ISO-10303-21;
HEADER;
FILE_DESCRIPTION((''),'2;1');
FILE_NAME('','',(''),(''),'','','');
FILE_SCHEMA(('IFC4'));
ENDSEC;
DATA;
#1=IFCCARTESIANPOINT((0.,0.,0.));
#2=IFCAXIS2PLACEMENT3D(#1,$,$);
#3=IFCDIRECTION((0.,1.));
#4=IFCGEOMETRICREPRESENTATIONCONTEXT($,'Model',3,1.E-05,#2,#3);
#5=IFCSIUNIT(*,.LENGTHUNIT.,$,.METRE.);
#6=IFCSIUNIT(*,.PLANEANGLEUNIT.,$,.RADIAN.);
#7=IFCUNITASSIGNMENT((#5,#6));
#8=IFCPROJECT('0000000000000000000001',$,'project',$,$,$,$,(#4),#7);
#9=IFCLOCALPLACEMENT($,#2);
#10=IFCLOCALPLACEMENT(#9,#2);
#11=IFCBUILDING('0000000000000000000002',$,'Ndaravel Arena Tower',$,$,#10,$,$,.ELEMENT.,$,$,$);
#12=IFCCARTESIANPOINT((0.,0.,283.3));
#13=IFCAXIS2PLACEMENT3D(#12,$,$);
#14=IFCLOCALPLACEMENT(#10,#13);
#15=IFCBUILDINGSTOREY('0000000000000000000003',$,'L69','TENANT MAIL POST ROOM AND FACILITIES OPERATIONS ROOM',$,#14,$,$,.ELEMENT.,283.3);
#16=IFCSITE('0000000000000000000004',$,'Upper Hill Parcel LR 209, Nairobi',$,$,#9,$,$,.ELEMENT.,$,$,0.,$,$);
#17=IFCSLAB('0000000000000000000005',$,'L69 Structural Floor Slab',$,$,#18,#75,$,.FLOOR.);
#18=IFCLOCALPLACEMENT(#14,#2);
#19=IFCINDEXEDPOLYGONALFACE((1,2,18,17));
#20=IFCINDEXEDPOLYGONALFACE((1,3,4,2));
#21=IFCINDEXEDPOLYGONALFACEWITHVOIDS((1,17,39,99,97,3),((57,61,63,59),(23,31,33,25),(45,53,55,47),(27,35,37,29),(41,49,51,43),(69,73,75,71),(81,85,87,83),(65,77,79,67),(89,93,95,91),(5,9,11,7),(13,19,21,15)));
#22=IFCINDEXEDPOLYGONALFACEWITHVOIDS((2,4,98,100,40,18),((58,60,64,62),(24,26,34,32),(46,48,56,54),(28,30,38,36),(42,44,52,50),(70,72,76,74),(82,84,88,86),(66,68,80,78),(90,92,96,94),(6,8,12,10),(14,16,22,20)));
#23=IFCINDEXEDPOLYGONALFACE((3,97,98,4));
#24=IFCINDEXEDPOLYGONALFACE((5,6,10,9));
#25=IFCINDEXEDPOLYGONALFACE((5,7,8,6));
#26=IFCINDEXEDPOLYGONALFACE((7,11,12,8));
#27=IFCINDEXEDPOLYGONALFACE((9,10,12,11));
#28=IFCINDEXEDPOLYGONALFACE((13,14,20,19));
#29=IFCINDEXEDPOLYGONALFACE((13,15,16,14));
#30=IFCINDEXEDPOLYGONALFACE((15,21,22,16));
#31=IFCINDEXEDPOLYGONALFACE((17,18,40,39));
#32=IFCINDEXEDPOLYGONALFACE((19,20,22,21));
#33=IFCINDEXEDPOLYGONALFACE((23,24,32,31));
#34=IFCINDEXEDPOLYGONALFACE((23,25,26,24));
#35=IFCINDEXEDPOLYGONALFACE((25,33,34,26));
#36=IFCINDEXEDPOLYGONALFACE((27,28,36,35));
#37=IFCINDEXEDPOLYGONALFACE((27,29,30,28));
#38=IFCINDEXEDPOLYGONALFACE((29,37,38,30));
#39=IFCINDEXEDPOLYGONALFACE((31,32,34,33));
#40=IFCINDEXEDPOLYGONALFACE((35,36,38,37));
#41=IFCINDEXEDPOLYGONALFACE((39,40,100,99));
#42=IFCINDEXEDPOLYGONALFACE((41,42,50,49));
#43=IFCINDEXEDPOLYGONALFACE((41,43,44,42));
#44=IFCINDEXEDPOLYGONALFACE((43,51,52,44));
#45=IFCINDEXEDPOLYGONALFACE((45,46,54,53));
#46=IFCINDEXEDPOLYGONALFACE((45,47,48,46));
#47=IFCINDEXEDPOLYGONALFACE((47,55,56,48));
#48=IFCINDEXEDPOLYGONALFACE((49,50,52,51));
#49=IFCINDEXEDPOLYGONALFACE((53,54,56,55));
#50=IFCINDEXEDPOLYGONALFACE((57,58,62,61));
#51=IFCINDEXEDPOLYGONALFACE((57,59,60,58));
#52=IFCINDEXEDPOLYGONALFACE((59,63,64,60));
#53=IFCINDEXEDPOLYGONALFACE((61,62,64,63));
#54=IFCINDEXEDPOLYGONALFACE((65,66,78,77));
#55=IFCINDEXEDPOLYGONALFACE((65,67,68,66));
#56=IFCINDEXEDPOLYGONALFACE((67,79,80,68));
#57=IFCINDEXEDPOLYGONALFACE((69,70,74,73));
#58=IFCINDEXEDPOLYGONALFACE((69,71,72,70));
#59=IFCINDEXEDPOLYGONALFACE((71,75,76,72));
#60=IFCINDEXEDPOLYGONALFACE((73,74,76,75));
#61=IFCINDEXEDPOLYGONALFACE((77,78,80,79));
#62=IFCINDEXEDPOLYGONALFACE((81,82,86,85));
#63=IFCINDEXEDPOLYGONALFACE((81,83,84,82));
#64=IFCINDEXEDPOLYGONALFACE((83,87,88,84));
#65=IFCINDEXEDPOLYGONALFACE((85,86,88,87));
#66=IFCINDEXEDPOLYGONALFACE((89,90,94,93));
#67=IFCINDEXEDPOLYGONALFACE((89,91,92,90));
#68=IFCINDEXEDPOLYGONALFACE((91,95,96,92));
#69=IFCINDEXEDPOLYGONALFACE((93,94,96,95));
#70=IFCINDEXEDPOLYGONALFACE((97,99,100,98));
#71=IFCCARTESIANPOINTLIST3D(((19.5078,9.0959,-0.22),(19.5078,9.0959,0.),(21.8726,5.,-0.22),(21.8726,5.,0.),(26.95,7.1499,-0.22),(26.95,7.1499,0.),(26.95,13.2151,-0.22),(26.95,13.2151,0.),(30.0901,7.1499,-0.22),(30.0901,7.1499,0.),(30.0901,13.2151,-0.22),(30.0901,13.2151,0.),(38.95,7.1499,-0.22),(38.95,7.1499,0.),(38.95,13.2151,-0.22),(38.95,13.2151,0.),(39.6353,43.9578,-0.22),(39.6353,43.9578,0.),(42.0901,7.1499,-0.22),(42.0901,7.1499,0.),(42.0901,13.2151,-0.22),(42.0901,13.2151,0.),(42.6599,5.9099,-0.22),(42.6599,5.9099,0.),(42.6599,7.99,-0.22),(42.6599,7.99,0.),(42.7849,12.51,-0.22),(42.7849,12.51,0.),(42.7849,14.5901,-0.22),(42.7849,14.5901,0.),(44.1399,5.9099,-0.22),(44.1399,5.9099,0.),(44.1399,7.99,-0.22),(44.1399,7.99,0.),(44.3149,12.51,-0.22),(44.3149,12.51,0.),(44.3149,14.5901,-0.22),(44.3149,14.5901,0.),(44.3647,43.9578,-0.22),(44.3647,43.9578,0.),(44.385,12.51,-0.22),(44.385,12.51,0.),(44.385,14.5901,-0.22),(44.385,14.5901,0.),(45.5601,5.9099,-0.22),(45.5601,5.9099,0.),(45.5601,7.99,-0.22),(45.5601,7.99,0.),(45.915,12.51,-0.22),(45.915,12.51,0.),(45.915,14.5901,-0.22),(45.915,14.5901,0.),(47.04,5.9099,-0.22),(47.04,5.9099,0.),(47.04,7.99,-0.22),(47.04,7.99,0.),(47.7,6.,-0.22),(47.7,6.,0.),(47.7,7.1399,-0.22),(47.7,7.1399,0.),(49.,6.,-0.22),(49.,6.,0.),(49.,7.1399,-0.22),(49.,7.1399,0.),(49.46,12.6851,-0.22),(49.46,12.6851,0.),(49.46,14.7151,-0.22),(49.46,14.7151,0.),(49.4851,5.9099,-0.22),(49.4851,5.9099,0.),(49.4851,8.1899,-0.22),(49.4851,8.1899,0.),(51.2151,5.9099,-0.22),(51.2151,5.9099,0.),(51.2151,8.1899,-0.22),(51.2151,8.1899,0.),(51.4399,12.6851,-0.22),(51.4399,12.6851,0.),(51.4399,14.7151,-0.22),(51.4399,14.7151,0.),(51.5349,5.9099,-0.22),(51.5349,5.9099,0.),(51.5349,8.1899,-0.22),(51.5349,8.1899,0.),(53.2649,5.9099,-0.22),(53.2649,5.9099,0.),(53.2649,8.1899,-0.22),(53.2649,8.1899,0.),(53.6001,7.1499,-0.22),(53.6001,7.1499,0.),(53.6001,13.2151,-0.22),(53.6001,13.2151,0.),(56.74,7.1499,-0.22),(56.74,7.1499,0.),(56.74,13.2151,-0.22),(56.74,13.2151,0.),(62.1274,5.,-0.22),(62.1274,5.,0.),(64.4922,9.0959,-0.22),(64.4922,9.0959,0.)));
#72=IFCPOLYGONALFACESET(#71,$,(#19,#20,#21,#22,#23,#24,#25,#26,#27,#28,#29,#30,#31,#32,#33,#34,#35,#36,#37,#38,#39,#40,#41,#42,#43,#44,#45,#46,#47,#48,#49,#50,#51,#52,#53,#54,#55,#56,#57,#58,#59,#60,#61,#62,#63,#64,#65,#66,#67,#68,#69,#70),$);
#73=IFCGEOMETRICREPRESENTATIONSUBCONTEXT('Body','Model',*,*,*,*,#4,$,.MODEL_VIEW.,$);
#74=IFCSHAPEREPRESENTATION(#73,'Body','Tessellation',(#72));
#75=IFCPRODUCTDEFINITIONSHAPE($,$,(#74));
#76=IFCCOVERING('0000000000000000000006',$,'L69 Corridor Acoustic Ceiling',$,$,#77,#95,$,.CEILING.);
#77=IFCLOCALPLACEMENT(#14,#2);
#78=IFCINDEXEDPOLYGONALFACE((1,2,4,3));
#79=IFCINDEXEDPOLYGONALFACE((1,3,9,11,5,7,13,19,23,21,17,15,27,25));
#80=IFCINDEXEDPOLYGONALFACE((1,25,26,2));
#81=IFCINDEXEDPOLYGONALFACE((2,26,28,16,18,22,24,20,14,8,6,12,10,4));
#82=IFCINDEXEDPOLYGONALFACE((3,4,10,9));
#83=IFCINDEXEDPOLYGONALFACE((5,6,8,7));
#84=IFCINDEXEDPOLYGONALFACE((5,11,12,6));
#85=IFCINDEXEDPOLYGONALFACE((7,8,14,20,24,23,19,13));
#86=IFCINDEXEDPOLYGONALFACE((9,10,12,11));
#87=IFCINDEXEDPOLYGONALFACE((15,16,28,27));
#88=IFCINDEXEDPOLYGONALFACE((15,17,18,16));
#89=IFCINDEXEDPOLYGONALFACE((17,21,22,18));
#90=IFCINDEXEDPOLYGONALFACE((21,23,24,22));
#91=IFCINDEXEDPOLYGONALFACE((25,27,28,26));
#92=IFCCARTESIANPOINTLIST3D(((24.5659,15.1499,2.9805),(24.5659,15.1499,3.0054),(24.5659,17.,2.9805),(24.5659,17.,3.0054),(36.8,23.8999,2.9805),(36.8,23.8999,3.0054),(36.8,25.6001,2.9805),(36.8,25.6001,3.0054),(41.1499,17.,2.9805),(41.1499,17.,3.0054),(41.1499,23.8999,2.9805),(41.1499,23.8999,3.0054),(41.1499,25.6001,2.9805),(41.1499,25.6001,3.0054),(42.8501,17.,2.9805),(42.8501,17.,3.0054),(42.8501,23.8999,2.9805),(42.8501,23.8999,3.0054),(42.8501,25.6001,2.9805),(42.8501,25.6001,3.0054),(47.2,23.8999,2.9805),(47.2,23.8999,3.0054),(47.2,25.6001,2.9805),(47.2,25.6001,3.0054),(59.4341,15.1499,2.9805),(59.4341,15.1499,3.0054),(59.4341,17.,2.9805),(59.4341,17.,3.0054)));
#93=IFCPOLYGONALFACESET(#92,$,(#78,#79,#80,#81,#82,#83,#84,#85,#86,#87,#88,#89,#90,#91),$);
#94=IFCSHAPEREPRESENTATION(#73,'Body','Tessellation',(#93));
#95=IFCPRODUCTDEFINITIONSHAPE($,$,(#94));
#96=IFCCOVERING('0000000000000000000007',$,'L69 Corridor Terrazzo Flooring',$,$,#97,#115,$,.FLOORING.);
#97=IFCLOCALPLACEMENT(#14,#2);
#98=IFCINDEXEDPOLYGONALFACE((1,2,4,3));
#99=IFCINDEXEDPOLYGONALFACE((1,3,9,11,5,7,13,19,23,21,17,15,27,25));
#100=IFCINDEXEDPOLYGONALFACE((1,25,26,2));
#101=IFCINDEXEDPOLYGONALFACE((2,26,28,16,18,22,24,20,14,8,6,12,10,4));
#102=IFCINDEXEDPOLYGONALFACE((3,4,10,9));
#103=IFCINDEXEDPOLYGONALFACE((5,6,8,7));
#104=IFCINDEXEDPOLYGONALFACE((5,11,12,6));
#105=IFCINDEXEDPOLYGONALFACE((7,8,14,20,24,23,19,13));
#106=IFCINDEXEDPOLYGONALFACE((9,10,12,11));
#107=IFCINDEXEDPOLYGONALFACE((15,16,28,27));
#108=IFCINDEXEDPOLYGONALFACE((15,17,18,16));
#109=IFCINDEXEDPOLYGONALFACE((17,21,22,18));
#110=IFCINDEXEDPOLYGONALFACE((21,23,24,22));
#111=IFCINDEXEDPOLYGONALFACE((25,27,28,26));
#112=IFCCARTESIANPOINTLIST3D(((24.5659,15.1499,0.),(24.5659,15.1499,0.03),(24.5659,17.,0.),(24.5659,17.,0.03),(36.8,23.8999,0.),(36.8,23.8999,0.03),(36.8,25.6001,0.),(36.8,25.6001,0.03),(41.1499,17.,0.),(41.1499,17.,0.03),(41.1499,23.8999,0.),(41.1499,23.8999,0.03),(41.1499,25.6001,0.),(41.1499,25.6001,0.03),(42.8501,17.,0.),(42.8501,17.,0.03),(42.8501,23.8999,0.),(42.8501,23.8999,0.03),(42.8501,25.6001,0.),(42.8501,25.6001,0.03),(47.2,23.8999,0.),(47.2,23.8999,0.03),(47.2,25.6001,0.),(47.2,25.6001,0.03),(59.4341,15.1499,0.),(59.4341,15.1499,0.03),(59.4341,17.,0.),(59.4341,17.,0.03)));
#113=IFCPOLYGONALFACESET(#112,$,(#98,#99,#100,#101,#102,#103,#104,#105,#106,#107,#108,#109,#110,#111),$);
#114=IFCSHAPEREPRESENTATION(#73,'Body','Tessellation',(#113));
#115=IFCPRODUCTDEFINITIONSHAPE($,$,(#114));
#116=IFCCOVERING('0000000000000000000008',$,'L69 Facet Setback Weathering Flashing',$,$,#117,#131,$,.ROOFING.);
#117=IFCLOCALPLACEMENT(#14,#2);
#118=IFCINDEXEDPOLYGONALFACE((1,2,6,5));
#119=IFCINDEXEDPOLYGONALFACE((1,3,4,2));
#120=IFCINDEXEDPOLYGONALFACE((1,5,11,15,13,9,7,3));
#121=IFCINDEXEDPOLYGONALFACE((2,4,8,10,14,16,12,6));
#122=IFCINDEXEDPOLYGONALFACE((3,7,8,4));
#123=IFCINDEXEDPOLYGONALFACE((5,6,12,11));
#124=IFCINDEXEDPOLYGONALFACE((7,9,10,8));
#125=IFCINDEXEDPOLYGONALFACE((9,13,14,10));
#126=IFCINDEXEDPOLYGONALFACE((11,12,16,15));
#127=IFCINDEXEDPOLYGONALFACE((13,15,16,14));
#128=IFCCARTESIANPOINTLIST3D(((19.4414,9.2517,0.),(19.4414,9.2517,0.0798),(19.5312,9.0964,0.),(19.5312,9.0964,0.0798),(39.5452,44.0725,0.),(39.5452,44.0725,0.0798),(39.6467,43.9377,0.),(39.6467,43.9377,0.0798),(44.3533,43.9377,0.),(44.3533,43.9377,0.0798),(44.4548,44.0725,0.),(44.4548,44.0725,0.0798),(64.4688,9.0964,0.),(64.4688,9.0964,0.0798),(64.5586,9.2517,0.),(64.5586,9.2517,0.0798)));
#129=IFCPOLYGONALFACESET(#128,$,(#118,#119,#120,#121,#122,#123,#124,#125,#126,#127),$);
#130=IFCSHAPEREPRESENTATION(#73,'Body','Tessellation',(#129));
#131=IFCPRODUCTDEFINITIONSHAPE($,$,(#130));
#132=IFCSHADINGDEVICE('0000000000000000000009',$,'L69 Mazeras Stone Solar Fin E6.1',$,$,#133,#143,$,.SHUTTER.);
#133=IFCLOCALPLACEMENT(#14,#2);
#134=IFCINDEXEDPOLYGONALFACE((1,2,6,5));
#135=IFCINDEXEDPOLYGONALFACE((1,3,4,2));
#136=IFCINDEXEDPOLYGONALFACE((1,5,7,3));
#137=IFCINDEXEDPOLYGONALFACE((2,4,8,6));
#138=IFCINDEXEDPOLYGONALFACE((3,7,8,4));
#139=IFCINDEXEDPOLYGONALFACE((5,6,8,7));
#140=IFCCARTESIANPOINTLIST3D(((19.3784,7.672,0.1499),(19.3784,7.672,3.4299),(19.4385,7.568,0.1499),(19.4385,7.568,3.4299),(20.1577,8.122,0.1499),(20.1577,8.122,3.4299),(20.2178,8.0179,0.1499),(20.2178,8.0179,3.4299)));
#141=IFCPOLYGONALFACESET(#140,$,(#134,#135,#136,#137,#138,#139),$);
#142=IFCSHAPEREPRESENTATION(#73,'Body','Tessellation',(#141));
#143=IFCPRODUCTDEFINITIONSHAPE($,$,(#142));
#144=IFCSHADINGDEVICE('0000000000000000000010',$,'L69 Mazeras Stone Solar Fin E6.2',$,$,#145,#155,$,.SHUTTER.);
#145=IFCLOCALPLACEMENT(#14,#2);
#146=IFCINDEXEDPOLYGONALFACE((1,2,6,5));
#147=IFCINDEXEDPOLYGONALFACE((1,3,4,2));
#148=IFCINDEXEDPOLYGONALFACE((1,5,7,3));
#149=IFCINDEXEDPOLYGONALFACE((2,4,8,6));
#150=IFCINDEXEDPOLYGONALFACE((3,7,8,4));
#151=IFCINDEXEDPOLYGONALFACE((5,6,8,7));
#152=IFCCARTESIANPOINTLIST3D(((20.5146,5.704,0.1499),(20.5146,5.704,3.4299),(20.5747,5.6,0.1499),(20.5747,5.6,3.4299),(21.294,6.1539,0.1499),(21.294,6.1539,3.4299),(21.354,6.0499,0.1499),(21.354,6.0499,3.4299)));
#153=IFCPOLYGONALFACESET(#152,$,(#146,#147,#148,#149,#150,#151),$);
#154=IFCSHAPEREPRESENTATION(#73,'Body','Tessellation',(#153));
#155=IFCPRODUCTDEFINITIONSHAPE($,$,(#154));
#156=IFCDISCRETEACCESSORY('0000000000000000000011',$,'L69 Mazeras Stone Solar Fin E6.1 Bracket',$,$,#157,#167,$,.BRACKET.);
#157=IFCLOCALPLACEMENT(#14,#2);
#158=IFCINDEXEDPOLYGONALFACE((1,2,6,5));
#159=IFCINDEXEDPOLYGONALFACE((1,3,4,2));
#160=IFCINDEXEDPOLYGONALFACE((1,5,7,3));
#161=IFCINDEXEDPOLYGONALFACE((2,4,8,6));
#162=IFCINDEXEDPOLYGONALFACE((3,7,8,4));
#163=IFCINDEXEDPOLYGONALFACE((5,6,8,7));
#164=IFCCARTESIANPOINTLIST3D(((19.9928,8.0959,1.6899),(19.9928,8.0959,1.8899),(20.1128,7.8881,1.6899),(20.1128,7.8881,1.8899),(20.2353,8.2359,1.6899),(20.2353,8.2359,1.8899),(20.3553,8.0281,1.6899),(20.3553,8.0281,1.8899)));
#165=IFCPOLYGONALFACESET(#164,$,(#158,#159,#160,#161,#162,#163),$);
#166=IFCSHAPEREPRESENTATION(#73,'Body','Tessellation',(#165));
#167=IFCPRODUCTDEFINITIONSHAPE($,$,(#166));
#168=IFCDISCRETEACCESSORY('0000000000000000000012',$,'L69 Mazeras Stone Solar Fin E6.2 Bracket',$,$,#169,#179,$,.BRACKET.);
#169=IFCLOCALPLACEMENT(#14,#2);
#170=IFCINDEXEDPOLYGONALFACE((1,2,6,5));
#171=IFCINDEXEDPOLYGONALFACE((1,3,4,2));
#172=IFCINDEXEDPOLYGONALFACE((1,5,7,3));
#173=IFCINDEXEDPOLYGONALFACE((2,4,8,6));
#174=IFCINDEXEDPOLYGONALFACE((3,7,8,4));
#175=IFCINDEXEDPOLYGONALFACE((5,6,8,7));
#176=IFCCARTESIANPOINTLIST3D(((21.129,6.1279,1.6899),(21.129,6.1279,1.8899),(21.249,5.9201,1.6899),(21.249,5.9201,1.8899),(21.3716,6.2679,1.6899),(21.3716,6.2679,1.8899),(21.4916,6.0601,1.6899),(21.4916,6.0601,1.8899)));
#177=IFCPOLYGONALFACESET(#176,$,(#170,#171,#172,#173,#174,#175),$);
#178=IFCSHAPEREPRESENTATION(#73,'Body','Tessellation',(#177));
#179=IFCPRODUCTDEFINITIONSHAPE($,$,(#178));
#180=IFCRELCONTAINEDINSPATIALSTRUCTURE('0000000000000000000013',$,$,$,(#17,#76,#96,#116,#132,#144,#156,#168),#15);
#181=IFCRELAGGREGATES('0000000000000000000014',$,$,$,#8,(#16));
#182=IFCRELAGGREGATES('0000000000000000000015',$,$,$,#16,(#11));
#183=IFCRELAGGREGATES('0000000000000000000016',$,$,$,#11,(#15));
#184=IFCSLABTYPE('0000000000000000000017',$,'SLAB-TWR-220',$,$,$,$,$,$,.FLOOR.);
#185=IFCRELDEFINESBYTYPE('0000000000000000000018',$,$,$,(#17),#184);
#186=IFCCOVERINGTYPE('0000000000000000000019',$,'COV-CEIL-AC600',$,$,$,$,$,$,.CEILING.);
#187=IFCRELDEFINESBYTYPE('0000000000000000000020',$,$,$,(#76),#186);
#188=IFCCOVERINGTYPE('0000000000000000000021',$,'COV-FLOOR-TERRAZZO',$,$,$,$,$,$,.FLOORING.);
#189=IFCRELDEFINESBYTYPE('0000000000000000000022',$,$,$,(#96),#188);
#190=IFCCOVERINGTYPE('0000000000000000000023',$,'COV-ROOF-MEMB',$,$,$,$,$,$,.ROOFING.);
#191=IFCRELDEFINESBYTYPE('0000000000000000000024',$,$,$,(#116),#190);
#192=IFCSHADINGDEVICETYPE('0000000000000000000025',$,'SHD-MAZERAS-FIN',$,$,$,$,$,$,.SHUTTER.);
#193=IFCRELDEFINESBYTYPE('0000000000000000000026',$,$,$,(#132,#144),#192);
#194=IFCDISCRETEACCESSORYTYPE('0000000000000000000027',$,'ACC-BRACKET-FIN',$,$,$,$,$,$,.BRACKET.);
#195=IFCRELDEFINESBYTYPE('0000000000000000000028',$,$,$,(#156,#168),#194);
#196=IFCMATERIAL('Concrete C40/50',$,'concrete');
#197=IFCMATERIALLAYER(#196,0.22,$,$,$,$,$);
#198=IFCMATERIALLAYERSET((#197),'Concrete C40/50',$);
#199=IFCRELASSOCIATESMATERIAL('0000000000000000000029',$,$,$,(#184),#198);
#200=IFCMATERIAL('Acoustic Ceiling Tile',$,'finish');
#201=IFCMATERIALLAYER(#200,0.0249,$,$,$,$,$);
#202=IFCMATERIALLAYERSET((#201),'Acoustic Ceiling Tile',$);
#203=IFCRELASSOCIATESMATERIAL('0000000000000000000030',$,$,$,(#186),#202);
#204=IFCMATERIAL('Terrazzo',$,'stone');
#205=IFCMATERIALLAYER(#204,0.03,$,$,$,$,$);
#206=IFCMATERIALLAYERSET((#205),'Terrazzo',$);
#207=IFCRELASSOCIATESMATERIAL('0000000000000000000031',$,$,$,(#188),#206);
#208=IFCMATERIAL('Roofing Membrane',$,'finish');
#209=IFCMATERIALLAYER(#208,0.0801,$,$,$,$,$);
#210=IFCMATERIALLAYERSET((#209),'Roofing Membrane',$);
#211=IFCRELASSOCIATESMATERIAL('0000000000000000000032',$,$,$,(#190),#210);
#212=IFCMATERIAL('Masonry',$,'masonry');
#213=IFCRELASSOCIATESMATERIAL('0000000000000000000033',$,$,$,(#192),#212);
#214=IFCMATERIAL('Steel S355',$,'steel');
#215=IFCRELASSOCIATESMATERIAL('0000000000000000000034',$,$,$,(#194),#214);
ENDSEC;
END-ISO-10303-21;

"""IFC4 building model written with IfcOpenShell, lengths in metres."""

from ifc_helpers import new_model, si_unit, direction, frame, origin, origin_2d, place, context, subcontext, project, spatial, polyline, rectangle, outline, extrude, material, layer, layer_set, type_object, element, save


model = new_model("IFC4")

# Units and contexts
model_context = context("Model", 3, precision=1e-05, world=origin(), true_north=direction((0.0, 1.0)))
body_context = subcontext(model_context, "Body", "Model", "MODEL_VIEW")
ifc_project = project(units=[si_unit("LENGTHUNIT", "METRE"), si_unit("PLANEANGLEUNIT", "RADIAN")], contexts=[model_context])

# Site, building, storey
site_placement = place(None, origin())
site = spatial("IfcSite", under=ifc_project, at=site_placement, Name="Upper Hill Parcel LR 209, Nairobi", CompositionType="ELEMENT", RefElevation=0.0)
building_placement = place(site_placement, origin())
building = spatial("IfcBuilding", under=site, at=building_placement, Name="Ndaravel Arena Tower", CompositionType="ELEMENT")
storey_placement = place(building_placement, frame((0.0, 0.0, 283.3)))
storey = spatial("IfcBuildingStorey", under=building, at=storey_placement, Name="L69", Description="TENANT MAIL POST ROOM AND FACILITIES OPERATIONS ROOM", CompositionType="ELEMENT", Elevation=283.3)

# Slab
ifc_material_1 = material(Name="Concrete C40/50", Category="concrete")
ifc_layer_1 = layer(ifc_material_1, 0.22)
ifc_layer_set_1 = layer_set([ifc_layer_1], Name="Concrete C40/50")
slab_type_1 = type_object("IfcSlabType", Name="SLAB-TWR-220", PredefinedType="FLOOR", material=ifc_layer_set_1)
slab_1_placement = place(storey_placement, frame((0.0, 0.0, -0.22)))
element("IfcSlab", 1, at=slab_1_placement, inside=storey, type_object=slab_type_1, Name="L69 Structural Floor Slab", PredefinedType="FLOOR", context=body_context, shape_type="SweptSolid", body=[
    extrude(outline(polyline([(19.5078, 9.0959), (21.8726, 5.0), (62.1274, 5.0), (64.4922, 9.0959), (44.3647, 43.9578), (39.6353, 43.9578), (19.5078, 9.0959)]), holes=[polyline([(26.95, 13.2151), (26.95, 7.1499), (30.0901, 7.1499), (30.0901, 13.2151), (26.95, 13.2151)]), polyline([(38.95, 13.2151), (38.95, 7.1499), (42.0901, 7.1499), (42.0901, 13.2151), (38.95, 13.2151)]), polyline([(53.6001, 13.2151), (53.6001, 7.1499), (56.74, 7.1499), (56.74, 13.2151), (53.6001, 13.2151)]), polyline([(42.6599, 5.9099), (44.1399, 5.9099), (44.1399, 7.99), (42.6599, 7.99), (42.6599, 5.9099)]), polyline([(45.5601, 5.9099), (47.04, 5.9099), (47.04, 7.99), (45.5601, 7.99), (45.5601, 5.9099)]), polyline([(42.7849, 12.51), (44.3149, 12.51), (44.3149, 14.5901), (42.7849, 14.5901), (42.7849, 12.51)]), polyline([(44.385, 12.51), (45.915, 12.51), (45.915, 14.5901), (44.385, 14.5901), (44.385, 12.51)]), polyline([(49.4851, 5.9099), (51.2151, 5.9099), (51.2151, 8.1899), (49.4851, 8.1899), (49.4851, 5.9099)]), polyline([(51.5349, 5.9099), (53.2649, 5.9099), (53.2649, 8.1899), (51.5349, 8.1899), (51.5349, 5.9099)]), polyline([(49.46, 12.6851), (51.4399, 12.6851), (51.4399, 14.7151), (49.46, 14.7151), (49.46, 12.6851)]), polyline([(47.7, 6.0), (49.0, 6.0), (49.0, 7.1399), (47.7, 7.1399), (47.7, 6.0)])]), origin(), (0.0, 0.0, 1.0), 0.22),
])

# Coverings
ifc_material_2 = material(Name="Acoustic Ceiling Tile", Category="finish")
ifc_layer_2 = layer(ifc_material_2, 0.0249)
ifc_layer_set_2 = layer_set([ifc_layer_2], Name="Acoustic Ceiling Tile")
covering_type_1 = type_object("IfcCoveringType", Name="COV-CEIL-AC600", PredefinedType="CEILING", material=ifc_layer_set_2)
covering_1_placement = place(storey_placement, frame((0.0, 0.0, 2.9805)))
element("IfcCovering", 2, at=covering_1_placement, inside=storey, type_object=covering_type_1, Name="L69 Corridor Acoustic Ceiling", PredefinedType="CEILING", context=body_context, shape_type="SweptSolid", body=[
    extrude(outline(polyline([(59.4341, 17.0), (42.8501, 17.0), (42.8501, 23.8999), (47.2, 23.8999), (47.2, 25.6001), (42.8501, 25.6001), (41.1499, 25.6001), (36.8, 25.6001), (36.8, 23.8999), (41.1499, 23.8999), (41.1499, 17.0), (24.5659, 17.0), (24.5659, 15.1499), (59.4341, 15.1499), (59.4341, 17.0)])), origin(), (0.0, 0.0, 1.0), 0.0249),
])
ifc_material_3 = material(Name="Terrazzo", Category="stone")
ifc_layer_3 = layer(ifc_material_3, 0.03)
ifc_layer_set_3 = layer_set([ifc_layer_3], Name="Terrazzo")
covering_type_2 = type_object("IfcCoveringType", Name="COV-FLOOR-TERRAZZO", PredefinedType="FLOORING", material=ifc_layer_set_3)
covering_2_placement = place(storey_placement, origin())
element("IfcCovering", 3, at=covering_2_placement, inside=storey, type_object=covering_type_2, Name="L69 Corridor Terrazzo Flooring", PredefinedType="FLOORING", context=body_context, shape_type="SweptSolid", body=[
    extrude(outline(polyline([(59.4341, 17.0), (42.8501, 17.0), (42.8501, 23.8999), (47.2, 23.8999), (47.2, 25.6001), (42.8501, 25.6001), (41.1499, 25.6001), (36.8, 25.6001), (36.8, 23.8999), (41.1499, 23.8999), (41.1499, 17.0), (24.5659, 17.0), (24.5659, 15.1499), (59.4341, 15.1499), (59.4341, 17.0)])), origin(), (0.0, 0.0, 1.0), 0.03),
])
ifc_material_4 = material(Name="Roofing Membrane", Category="finish")
ifc_layer_4 = layer(ifc_material_4, 0.0801)
ifc_layer_set_4 = layer_set([ifc_layer_4], Name="Roofing Membrane")
covering_type_3 = type_object("IfcCoveringType", Name="COV-ROOF-MEMB", PredefinedType="ROOFING", material=ifc_layer_set_4)
covering_3_placement = place(storey_placement, origin())
element("IfcCovering", 4, at=covering_3_placement, inside=storey, type_object=covering_type_3, Name="L69 Facet Setback Weathering Flashing", PredefinedType="ROOFING", context=body_context, shape_type="SweptSolid", body=[
    extrude(outline(polyline([(19.4414, 9.2517), (39.5452, 44.0725), (44.4548, 44.0725), (64.5586, 9.2517), (64.4688, 9.0964), (44.3533, 43.9377), (39.6467, 43.9377), (19.5312, 9.0964), (19.4414, 9.2517)])), origin(), (0.0, 0.0, 1.0), 0.0798),
])

# Shading devices
ifc_material_5 = material(Name="Masonry", Category="masonry")
shading_device_type = type_object("IfcShadingDeviceType", Name="SHD-MAZERAS-FIN", PredefinedType="SHUTTER", material=ifc_material_5)
for number, where, z_axis, x_axis, name in (
    (5, (19.7981, 7.845, 0.1499), (0.0, 0.0, 1.0), (-0.866025, -0.5, 0.0), "L69 Mazeras Stone Solar Fin E6.1"),
    (6, (20.9343, 5.877, 0.1499), (0.0, 0.0, 1.0), (-0.866025, -0.5, 0.0), "L69 Mazeras Stone Solar Fin E6.2"),
):
    element("IfcShadingDevice", number, at=place(storey_placement, frame(where, z_axis=z_axis, x_axis=x_axis)), inside=storey, type_object=shading_device_type, Name=name, PredefinedType="SHUTTER", context=body_context, shape_type="SweptSolid", body=[
        extrude(rectangle(XDim=0.8999, YDim=0.1201, at=origin_2d()), origin(), (0.0, 0.0, 1.0), 3.28),
    ])

# Discrete accessories
ifc_material_6 = material(Name="Steel S355", Category="steel")
discrete_accessory_type = type_object("IfcDiscreteAccessoryType", Name="ACC-BRACKET-FIN", PredefinedType="BRACKET", material=ifc_material_6)
for number, where, z_axis, x_axis, name in (
    (7, (20.1741, 8.062, 1.6899), (0.0, 0.0, 1.0), (-0.866025, -0.5, 0.0), "L69 Mazeras Stone Solar Fin E6.1 Bracket"),
    (8, (21.3103, 6.094, 1.6899), (0.0, 0.0, 1.0), (-0.866025, -0.5, 0.0), "L69 Mazeras Stone Solar Fin E6.2 Bracket"),
):
    element("IfcDiscreteAccessory", number, at=place(storey_placement, frame(where, z_axis=z_axis, x_axis=x_axis)), inside=storey, type_object=discrete_accessory_type, Name=name, PredefinedType="BRACKET", context=body_context, shape_type="SweptSolid", body=[
        extrude(rectangle(XDim=0.28, YDim=0.24, at=origin_2d()), origin(), (0.0, 0.0, 1.0), 0.2),
    ])

save(model, "model.ifc")
